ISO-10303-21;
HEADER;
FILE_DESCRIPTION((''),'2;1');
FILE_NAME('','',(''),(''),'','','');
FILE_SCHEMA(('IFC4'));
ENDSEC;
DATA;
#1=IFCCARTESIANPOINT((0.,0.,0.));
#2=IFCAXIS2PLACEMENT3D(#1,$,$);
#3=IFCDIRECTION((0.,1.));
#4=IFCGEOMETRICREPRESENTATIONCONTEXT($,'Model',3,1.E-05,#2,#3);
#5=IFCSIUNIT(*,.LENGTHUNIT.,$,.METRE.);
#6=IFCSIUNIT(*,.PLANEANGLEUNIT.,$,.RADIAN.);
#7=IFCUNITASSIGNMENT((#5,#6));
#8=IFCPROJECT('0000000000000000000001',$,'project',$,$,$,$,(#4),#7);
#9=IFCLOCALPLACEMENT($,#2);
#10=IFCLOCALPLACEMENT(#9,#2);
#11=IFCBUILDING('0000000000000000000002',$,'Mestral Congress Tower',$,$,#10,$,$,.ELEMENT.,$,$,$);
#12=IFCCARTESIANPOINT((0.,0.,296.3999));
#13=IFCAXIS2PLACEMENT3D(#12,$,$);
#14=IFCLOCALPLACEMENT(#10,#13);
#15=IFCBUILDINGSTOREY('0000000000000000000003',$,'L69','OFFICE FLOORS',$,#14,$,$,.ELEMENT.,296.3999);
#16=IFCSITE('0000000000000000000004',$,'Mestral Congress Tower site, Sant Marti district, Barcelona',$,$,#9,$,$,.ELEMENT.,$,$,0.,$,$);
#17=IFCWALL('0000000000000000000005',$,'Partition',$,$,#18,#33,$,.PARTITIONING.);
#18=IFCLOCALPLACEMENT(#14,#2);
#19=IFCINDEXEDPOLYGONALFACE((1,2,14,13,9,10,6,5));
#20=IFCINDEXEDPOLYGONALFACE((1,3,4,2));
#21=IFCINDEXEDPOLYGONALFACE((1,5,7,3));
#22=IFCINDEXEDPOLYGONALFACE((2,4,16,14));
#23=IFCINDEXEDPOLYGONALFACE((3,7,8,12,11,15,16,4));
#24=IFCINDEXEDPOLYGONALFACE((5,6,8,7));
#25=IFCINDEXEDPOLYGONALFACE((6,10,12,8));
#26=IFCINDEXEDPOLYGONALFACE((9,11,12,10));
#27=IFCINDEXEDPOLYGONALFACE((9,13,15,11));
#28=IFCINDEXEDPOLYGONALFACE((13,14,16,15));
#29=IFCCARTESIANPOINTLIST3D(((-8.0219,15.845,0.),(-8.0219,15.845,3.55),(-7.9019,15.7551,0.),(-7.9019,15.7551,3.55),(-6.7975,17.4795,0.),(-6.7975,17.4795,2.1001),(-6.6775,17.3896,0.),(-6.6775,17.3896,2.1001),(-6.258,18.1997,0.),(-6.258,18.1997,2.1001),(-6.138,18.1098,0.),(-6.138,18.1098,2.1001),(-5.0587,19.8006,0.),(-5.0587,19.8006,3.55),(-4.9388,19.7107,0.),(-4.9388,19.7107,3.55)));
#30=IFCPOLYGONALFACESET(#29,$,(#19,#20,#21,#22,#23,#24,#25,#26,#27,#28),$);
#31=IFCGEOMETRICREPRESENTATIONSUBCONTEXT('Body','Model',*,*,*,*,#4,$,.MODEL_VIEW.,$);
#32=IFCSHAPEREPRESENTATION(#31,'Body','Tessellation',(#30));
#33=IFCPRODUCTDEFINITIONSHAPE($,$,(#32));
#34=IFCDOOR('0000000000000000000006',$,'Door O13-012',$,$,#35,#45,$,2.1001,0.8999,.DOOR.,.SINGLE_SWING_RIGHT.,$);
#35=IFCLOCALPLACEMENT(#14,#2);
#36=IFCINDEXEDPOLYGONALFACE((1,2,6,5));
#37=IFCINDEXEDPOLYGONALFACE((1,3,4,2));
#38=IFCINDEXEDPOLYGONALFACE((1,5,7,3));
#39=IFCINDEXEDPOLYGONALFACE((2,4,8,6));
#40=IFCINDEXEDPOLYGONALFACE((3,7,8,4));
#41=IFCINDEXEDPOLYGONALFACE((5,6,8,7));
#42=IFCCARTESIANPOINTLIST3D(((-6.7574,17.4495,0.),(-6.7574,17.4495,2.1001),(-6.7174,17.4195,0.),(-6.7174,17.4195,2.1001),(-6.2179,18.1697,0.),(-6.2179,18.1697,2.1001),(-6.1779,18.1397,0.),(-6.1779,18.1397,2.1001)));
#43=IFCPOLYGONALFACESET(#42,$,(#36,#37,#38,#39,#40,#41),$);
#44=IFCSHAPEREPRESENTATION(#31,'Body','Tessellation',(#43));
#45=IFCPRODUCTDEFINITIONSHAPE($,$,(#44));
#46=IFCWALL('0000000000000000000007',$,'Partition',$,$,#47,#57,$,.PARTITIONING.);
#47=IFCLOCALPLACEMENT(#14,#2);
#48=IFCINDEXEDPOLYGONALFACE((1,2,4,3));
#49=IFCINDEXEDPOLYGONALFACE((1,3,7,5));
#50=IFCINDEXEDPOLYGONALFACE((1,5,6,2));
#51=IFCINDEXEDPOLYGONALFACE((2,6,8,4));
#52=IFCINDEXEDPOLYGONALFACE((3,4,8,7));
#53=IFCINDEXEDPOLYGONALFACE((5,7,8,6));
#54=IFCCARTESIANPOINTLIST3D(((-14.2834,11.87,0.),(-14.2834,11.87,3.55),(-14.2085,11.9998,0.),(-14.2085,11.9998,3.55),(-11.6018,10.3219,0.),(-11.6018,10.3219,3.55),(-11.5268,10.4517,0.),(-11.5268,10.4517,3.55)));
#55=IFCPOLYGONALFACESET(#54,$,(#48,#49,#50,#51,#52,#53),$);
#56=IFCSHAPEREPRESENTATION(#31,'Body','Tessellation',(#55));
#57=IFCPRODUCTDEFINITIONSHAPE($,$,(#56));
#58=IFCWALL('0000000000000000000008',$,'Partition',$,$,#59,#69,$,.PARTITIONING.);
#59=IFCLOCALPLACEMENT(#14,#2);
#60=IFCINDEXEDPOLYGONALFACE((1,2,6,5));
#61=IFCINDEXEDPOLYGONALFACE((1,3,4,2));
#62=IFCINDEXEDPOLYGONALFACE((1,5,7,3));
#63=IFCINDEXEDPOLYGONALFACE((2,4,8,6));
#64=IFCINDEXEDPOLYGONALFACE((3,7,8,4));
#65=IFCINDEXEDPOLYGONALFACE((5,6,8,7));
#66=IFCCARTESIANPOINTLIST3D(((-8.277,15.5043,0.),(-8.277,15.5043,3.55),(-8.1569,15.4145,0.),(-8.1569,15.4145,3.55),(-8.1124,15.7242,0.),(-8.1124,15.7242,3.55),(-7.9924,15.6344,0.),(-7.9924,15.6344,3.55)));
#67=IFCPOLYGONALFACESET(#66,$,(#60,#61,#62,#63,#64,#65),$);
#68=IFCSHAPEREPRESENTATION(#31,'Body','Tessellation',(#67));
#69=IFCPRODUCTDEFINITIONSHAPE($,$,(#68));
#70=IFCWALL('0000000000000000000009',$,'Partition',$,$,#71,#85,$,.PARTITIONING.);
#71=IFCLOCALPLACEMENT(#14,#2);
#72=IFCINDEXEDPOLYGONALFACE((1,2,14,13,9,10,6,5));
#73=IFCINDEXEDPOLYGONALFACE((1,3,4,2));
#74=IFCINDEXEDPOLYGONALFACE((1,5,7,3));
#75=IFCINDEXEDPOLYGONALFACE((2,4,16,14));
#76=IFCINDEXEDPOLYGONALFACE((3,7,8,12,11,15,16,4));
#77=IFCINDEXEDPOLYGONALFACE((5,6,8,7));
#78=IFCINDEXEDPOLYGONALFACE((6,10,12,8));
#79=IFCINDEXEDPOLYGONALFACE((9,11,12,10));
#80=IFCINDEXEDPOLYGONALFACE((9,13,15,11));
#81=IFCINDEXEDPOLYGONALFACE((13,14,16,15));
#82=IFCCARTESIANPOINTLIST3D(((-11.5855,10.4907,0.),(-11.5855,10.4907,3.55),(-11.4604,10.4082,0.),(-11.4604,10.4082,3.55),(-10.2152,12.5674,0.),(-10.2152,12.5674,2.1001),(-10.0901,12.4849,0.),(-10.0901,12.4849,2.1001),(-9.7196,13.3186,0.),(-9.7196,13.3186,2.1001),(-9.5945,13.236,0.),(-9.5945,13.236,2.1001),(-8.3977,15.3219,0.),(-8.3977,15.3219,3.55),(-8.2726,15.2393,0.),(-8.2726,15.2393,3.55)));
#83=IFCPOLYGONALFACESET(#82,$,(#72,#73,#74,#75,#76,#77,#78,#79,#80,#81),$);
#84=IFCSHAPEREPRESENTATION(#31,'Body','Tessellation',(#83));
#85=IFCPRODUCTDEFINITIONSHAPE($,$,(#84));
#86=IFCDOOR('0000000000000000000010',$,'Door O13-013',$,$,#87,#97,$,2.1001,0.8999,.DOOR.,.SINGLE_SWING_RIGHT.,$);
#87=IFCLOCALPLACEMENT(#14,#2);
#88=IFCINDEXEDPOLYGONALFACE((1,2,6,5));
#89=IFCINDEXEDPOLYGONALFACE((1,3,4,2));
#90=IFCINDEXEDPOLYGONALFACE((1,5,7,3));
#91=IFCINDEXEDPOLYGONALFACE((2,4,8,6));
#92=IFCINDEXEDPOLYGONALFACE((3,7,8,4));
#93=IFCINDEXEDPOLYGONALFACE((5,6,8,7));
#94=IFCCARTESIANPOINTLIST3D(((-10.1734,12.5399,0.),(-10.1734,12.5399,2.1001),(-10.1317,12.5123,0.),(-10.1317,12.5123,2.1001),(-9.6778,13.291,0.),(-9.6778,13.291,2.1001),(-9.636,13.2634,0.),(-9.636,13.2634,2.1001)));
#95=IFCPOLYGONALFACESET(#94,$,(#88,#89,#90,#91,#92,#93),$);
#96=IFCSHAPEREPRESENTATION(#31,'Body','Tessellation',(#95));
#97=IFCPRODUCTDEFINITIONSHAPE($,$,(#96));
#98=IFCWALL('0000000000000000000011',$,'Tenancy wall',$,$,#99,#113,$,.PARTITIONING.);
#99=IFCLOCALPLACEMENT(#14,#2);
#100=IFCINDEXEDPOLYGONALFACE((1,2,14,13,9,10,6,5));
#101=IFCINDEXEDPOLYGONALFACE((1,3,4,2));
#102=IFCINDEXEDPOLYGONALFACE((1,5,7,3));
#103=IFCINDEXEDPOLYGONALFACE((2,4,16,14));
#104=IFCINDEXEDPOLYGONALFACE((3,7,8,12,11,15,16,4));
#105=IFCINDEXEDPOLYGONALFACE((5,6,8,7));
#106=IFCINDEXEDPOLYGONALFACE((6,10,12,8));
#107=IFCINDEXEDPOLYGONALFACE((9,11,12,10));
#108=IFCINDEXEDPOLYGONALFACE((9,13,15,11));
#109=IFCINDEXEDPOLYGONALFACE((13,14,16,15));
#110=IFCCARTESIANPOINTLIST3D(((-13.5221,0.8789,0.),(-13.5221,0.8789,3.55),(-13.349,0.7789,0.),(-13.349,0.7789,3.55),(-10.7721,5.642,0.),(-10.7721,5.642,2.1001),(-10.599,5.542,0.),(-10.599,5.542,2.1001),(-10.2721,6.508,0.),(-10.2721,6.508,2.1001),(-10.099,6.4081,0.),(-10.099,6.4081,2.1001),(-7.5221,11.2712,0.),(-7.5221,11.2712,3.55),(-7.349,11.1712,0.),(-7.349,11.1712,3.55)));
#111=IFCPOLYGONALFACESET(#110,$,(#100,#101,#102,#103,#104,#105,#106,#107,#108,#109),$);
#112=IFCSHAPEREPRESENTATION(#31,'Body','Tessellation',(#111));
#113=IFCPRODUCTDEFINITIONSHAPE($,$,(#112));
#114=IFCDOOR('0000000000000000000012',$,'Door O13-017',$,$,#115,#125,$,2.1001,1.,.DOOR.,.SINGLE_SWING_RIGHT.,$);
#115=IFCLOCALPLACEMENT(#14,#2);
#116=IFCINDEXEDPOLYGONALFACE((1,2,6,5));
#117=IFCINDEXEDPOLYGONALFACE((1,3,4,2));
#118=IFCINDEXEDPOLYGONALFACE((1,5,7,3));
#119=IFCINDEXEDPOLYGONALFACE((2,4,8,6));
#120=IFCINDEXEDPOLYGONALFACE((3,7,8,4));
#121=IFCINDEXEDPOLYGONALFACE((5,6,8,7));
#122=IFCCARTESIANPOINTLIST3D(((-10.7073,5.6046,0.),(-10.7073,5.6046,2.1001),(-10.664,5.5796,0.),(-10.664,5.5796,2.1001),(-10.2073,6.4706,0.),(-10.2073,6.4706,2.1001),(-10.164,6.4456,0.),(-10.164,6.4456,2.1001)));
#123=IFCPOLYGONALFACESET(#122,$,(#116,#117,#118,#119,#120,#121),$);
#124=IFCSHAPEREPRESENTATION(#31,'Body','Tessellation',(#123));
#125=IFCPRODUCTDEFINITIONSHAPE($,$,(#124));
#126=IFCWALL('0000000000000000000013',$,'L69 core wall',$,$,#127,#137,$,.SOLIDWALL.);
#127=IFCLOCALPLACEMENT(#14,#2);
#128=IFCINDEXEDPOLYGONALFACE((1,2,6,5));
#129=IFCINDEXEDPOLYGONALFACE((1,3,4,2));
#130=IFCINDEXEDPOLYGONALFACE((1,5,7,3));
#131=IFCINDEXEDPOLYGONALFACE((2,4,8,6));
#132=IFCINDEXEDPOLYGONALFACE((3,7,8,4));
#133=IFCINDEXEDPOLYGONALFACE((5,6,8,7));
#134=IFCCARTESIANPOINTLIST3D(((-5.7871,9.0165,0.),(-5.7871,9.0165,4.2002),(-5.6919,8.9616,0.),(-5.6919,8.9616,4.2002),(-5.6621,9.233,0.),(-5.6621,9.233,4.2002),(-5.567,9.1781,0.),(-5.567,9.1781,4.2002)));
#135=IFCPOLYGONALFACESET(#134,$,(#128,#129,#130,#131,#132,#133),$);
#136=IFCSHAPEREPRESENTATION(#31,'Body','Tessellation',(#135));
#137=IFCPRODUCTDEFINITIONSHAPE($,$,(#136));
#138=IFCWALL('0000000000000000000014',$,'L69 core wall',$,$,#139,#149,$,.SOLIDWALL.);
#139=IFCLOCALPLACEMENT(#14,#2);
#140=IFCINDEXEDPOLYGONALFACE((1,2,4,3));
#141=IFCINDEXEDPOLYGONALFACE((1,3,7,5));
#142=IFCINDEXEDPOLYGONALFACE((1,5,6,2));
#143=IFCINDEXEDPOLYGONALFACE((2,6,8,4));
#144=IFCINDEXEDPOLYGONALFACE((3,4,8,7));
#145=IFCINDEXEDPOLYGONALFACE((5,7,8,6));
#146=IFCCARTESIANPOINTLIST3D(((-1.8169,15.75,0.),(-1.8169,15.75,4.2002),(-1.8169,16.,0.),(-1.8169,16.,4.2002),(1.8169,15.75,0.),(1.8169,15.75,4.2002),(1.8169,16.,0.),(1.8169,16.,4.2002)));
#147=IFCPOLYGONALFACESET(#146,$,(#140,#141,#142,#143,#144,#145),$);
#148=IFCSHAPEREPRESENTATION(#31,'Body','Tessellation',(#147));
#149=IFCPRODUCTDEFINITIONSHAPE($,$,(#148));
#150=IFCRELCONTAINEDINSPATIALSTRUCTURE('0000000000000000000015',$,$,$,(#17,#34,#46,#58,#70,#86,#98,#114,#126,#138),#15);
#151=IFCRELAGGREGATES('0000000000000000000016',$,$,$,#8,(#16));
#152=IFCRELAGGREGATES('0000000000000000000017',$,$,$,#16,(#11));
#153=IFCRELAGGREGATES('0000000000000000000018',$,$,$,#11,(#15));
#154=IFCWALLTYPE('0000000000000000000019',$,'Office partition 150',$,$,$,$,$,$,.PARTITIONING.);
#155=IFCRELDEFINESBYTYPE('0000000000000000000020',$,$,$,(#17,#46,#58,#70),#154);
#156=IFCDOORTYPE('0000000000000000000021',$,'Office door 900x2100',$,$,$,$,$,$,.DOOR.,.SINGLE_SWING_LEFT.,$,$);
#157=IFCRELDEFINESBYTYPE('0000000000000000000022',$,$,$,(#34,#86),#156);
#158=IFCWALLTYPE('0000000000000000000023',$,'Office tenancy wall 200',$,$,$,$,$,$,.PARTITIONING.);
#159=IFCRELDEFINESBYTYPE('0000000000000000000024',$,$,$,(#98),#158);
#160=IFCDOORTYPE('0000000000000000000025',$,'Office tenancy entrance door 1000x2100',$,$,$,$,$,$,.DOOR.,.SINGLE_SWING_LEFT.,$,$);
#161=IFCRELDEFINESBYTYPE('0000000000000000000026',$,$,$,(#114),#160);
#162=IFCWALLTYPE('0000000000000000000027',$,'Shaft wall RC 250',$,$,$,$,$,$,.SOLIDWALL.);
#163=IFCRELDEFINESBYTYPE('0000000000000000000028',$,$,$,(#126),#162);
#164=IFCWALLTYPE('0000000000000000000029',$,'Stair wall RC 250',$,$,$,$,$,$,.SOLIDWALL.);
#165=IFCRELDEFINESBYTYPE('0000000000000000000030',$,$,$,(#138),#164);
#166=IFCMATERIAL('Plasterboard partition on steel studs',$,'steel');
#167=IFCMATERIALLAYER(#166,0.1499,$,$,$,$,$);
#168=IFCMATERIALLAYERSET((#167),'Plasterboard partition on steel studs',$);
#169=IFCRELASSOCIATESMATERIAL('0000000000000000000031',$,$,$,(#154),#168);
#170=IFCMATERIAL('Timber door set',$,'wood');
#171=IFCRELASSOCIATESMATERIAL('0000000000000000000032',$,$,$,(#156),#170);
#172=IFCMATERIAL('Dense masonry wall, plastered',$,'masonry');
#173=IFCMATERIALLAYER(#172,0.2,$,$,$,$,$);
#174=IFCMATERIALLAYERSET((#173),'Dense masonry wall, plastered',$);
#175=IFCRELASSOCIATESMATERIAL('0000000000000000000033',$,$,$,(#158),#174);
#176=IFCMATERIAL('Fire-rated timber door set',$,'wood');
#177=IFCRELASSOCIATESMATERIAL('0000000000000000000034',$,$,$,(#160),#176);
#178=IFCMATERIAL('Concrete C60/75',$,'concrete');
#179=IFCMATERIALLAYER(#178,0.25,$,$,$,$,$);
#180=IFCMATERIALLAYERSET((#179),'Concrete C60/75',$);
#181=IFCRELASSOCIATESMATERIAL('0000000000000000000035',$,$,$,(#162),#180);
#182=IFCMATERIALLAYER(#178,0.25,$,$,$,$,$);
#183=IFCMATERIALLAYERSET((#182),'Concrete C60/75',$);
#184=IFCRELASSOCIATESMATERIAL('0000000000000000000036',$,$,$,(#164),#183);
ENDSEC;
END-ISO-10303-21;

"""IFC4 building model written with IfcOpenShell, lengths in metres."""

from ifc_helpers import new_model, si_unit, direction, frame, frame_2d, origin, place, context, subcontext, project, spatial, rectangle, extrude, material, layer, layer_set, type_object, element, fill, save


model = new_model("IFC4")

# Units and contexts
model_context = context("Model", 3, precision=1e-05, world=origin(), true_north=direction((0.0, 1.0)))
body_context = subcontext(model_context, "Body", "Model", "MODEL_VIEW")
ifc_project = project(units=[si_unit("LENGTHUNIT", "METRE"), si_unit("PLANEANGLEUNIT", "RADIAN")], contexts=[model_context])

# Site, building, storey
site_placement = place(None, origin())
site = spatial("IfcSite", under=ifc_project, at=site_placement, Name="Mestral Congress Tower site, Sant Marti district, Barcelona", CompositionType="ELEMENT", RefElevation=0.0)
building_placement = place(site_placement, origin())
building = spatial("IfcBuilding", under=site, at=building_placement, Name="Mestral Congress Tower", CompositionType="ELEMENT")
storey_placement = place(building_placement, frame((0.0, 0.0, 296.3999)))
storey = spatial("IfcBuildingStorey", under=building, at=storey_placement, Name="L69", Description="OFFICE FLOORS", CompositionType="ELEMENT", Elevation=296.3999)

# Shared definitions
ifc_material_1 = material(Name="Concrete C60/75", Category="concrete")

# Shared definitions
ifc_material_2 = material(Name="Plasterboard partition on steel studs", Category="steel")
ifc_layer_1 = layer(ifc_material_2, 0.1499)
ifc_layer_set_1 = layer_set([ifc_layer_1], Name="Plasterboard partition on steel studs")
wall_type_1 = type_object("IfcWallType", Name="Office partition 150", PredefinedType="PARTITIONING", material=ifc_layer_set_1)

# Wall, opening, door
wall_1_placement = place(storey_placement, frame((-7.9619, 15.8, 0.0), z_axis=(0.0, 0.0, 1.0), x_axis=(0.599541, 0.800344, 0.0)))
wall_1 = element("IfcWall", 1, at=wall_1_placement, inside=storey, type_object=wall_type_1, Name="Partition", PredefinedType="PARTITIONING", context=body_context, shape_type="SweptSolid", body=[
    extrude(rectangle(XDim=4.9424, YDim=0.1499, at=frame_2d((2.4712, 0.0))), origin(), (0.0, 0.0, 1.0), 3.55),
])
opening_1_placement = place(wall_1_placement, frame((2.0422, 0.0, 0.0)))
opening_1 = element("IfcOpeningElement", 2, at=opening_1_placement, cuts=wall_1, PredefinedType="OPENING", context=body_context, shape_type="SweptSolid", body=[
    extrude(rectangle(XDim=0.8999, YDim=2.1001, at=frame_2d((0.45, 1.05))), frame((0.0, 0.085, 0.0), z_axis=(0.0, -1.0, 0.0), x_axis=(1.0, 0.0, 0.0)), (0.0, 0.0, 1.0), 0.1699),
])
ifc_material_3 = material(Name="Timber door set", Category="wood")
door_type_1 = type_object("IfcDoorType", Name="Office door 900x2100", OperationType="SINGLE_SWING_LEFT", PredefinedType="DOOR", material=ifc_material_3)
door_1_placement = place(opening_1_placement, origin())
door_1 = element("IfcDoor", 3, at=door_1_placement, inside=storey, type_object=door_type_1, Name="Door O13-012", OperationType="SINGLE_SWING_RIGHT", OverallHeight=2.1001, OverallWidth=0.8999, PredefinedType="DOOR", context=body_context, shape_type="SweptSolid", body=[
    extrude(rectangle(XDim=0.8999, YDim=2.1001, at=frame_2d((0.45, 1.05))), frame((0.0, 0.0249, 0.0), z_axis=(0.0, -1.0, 0.0), x_axis=(1.0, 0.0, 0.0)), (0.0, 0.0, 1.0), 0.05),
])
fill(opening_1, door_1)

# Walls
wall_2_placement = place(storey_placement, frame((-11.5642, 10.3867, 0.0), z_axis=(0.0, 0.0, 1.0), x_axis=(-0.866046, 0.499964, 0.0)))
element("IfcWall", 4, at=wall_2_placement, inside=storey, type_object=wall_type_1, Name="Partition", PredefinedType="PARTITIONING", context=body_context, shape_type="SweptSolid", body=[
    extrude(rectangle(XDim=3.0964, YDim=0.1499, at=frame_2d((1.5483, 0.0))), origin(), (0.0, 0.0, 1.0), 3.55),
])
wall_3_placement = place(storey_placement, frame((-8.0525, 15.6792, 0.0), z_axis=(0.0, 0.0, 1.0), x_axis=(-0.599004, -0.800746, 0.0)))
element("IfcWall", 5, at=wall_3_placement, inside=storey, type_object=wall_type_1, Name="Partition", PredefinedType="PARTITIONING", context=body_context, shape_type="SweptSolid", body=[
    extrude(rectangle(XDim=0.2747, YDim=0.1499, at=frame_2d((0.1372, 0.0))), origin(), (0.0, 0.0, 1.0), 3.55),
])

# Walls, openings, doors
wall_4_placement = place(storey_placement, frame((-11.5229, 10.4495, 0.0), z_axis=(0.0, 0.0, 1.0), x_axis=(0.550752, 0.834669, 0.0)))
wall_4 = element("IfcWall", 6, at=wall_4_placement, inside=storey, type_object=wall_type_1, Name="Partition", PredefinedType="PARTITIONING", context=body_context, shape_type="SweptSolid", body=[
    extrude(rectangle(XDim=5.7881, YDim=0.1499, at=frame_2d((2.894, 0.0))), origin(), (0.0, 0.0, 1.0), 3.55),
])
opening_2_placement = place(wall_4_placement, frame((2.488, 0.0, 0.0)))
opening_2 = element("IfcOpeningElement", 7, at=opening_2_placement, cuts=wall_4, PredefinedType="OPENING", context=body_context, shape_type="SweptSolid", body=[
    extrude(rectangle(XDim=0.8999, YDim=2.1001, at=frame_2d((0.45, 1.05))), frame((0.0, 0.085, 0.0), z_axis=(0.0, -1.0, 0.0), x_axis=(1.0, 0.0, 0.0)), (0.0, 0.0, 1.0), 0.1699),
])
door_2_placement = place(opening_2_placement, origin())
door_2 = element("IfcDoor", 8, at=door_2_placement, inside=storey, type_object=door_type_1, Name="Door O13-013", OperationType="SINGLE_SWING_RIGHT", OverallHeight=2.1001, OverallWidth=0.8999, PredefinedType="DOOR", context=body_context, shape_type="SweptSolid", body=[
    extrude(rectangle(XDim=0.8999, YDim=2.1001, at=frame_2d((0.45, 1.05))), frame((0.0, 0.0249, 0.0), z_axis=(0.0, -1.0, 0.0), x_axis=(1.0, 0.0, 0.0)), (0.0, 0.0, 1.0), 0.05),
])
fill(opening_2, door_2)
ifc_material_4 = material(Name="Dense masonry wall, plastered", Category="masonry")
ifc_layer_2 = layer(ifc_material_4, 0.2)
ifc_layer_set_2 = layer_set([ifc_layer_2], Name="Dense masonry wall, plastered")
wall_type_2 = type_object("IfcWallType", Name="Office tenancy wall 200", PredefinedType="PARTITIONING", material=ifc_layer_set_2)
wall_5_placement = place(storey_placement, frame((-7.4355, 11.2212, 0.0), z_axis=(0.0, 0.0, 1.0), x_axis=(-0.499999, -0.866026, 0.0)))
wall_5 = element("IfcWall", 9, at=wall_5_placement, inside=storey, type_object=wall_type_2, Name="Tenancy wall", PredefinedType="PARTITIONING", context=body_context, shape_type="SweptSolid", body=[
    extrude(rectangle(XDim=12.0, YDim=0.2, at=frame_2d((6.0, 0.0))), origin(), (0.0, 0.0, 1.0), 3.55),
])
opening_3_placement = place(wall_5_placement, frame((5.5, 0.0, 0.0)))
opening_3 = element("IfcOpeningElement", 10, at=opening_3_placement, cuts=wall_5, PredefinedType="OPENING", context=body_context, shape_type="SweptSolid", body=[
    extrude(rectangle(XDim=1.0, YDim=2.1001, at=frame_2d((0.5, 1.05))), frame((0.0, 0.1099, 0.0), z_axis=(0.0, -1.0, 0.0), x_axis=(1.0, 0.0, 0.0)), (0.0, 0.0, 1.0), 0.22),
])
ifc_material_5 = material(Name="Fire-rated timber door set", Category="wood")
door_type_2 = type_object("IfcDoorType", Name="Office tenancy entrance door 1000x2100", OperationType="SINGLE_SWING_LEFT", PredefinedType="DOOR", material=ifc_material_5)
door_3_placement = place(opening_3_placement, origin())
door_3 = element("IfcDoor", 11, at=door_3_placement, inside=storey, type_object=door_type_2, Name="Door O13-017", OperationType="SINGLE_SWING_RIGHT", OverallHeight=2.1001, OverallWidth=1.0, PredefinedType="DOOR", context=body_context, shape_type="SweptSolid", body=[
    extrude(rectangle(XDim=1.0, YDim=2.1001, at=frame_2d((0.5, 1.05))), frame((0.0, 0.0249, 0.0), z_axis=(0.0, -1.0, 0.0), x_axis=(1.0, 0.0, 0.0)), (0.0, 0.0, 1.0), 0.05),
])
fill(opening_3, door_3)

# Walls
ifc_layer_3 = layer(ifc_material_1, 0.25)
ifc_layer_set_3 = layer_set([ifc_layer_3], Name="Concrete C60/75")
wall_type_3 = type_object("IfcWallType", Name="Shaft wall RC 250", PredefinedType="SOLIDWALL", material=ifc_layer_set_3)
wall_6_placement = place(storey_placement, frame((-5.7246, 9.1248, 0.0), z_axis=(0.0, 0.0, 1.0), x_axis=(0.866186, -0.499722, 0.0)))
element("IfcWall", 12, at=wall_6_placement, inside=storey, type_object=wall_type_3, Name="L69 core wall", PredefinedType="SOLIDWALL", context=body_context, shape_type="SweptSolid", body=[
    extrude(rectangle(XDim=0.1099, YDim=0.25, at=frame_2d((0.0549, 0.0))), origin(), (0.0, 0.0, 1.0), 4.2002),
])
ifc_layer_4 = layer(ifc_material_1, 0.25)
ifc_layer_set_4 = layer_set([ifc_layer_4], Name="Concrete C60/75")
wall_type_4 = type_object("IfcWallType", Name="Stair wall RC 250", PredefinedType="SOLIDWALL", material=ifc_layer_set_4)
wall_7_placement = place(storey_placement, frame((-1.8169, 15.875, 0.0), z_axis=(0.0, 0.0, 1.0), x_axis=(1.0, 0.0, 0.0)))
element("IfcWall", 13, at=wall_7_placement, inside=storey, type_object=wall_type_4, Name="L69 core wall", PredefinedType="SOLIDWALL", context=body_context, shape_type="SweptSolid", body=[
    extrude(rectangle(XDim=3.6338, YDim=0.25, at=frame_2d((1.8169, 0.0))), origin(), (0.0, 0.0, 1.0), 4.2002),
])

save(model, "model.ifc")
